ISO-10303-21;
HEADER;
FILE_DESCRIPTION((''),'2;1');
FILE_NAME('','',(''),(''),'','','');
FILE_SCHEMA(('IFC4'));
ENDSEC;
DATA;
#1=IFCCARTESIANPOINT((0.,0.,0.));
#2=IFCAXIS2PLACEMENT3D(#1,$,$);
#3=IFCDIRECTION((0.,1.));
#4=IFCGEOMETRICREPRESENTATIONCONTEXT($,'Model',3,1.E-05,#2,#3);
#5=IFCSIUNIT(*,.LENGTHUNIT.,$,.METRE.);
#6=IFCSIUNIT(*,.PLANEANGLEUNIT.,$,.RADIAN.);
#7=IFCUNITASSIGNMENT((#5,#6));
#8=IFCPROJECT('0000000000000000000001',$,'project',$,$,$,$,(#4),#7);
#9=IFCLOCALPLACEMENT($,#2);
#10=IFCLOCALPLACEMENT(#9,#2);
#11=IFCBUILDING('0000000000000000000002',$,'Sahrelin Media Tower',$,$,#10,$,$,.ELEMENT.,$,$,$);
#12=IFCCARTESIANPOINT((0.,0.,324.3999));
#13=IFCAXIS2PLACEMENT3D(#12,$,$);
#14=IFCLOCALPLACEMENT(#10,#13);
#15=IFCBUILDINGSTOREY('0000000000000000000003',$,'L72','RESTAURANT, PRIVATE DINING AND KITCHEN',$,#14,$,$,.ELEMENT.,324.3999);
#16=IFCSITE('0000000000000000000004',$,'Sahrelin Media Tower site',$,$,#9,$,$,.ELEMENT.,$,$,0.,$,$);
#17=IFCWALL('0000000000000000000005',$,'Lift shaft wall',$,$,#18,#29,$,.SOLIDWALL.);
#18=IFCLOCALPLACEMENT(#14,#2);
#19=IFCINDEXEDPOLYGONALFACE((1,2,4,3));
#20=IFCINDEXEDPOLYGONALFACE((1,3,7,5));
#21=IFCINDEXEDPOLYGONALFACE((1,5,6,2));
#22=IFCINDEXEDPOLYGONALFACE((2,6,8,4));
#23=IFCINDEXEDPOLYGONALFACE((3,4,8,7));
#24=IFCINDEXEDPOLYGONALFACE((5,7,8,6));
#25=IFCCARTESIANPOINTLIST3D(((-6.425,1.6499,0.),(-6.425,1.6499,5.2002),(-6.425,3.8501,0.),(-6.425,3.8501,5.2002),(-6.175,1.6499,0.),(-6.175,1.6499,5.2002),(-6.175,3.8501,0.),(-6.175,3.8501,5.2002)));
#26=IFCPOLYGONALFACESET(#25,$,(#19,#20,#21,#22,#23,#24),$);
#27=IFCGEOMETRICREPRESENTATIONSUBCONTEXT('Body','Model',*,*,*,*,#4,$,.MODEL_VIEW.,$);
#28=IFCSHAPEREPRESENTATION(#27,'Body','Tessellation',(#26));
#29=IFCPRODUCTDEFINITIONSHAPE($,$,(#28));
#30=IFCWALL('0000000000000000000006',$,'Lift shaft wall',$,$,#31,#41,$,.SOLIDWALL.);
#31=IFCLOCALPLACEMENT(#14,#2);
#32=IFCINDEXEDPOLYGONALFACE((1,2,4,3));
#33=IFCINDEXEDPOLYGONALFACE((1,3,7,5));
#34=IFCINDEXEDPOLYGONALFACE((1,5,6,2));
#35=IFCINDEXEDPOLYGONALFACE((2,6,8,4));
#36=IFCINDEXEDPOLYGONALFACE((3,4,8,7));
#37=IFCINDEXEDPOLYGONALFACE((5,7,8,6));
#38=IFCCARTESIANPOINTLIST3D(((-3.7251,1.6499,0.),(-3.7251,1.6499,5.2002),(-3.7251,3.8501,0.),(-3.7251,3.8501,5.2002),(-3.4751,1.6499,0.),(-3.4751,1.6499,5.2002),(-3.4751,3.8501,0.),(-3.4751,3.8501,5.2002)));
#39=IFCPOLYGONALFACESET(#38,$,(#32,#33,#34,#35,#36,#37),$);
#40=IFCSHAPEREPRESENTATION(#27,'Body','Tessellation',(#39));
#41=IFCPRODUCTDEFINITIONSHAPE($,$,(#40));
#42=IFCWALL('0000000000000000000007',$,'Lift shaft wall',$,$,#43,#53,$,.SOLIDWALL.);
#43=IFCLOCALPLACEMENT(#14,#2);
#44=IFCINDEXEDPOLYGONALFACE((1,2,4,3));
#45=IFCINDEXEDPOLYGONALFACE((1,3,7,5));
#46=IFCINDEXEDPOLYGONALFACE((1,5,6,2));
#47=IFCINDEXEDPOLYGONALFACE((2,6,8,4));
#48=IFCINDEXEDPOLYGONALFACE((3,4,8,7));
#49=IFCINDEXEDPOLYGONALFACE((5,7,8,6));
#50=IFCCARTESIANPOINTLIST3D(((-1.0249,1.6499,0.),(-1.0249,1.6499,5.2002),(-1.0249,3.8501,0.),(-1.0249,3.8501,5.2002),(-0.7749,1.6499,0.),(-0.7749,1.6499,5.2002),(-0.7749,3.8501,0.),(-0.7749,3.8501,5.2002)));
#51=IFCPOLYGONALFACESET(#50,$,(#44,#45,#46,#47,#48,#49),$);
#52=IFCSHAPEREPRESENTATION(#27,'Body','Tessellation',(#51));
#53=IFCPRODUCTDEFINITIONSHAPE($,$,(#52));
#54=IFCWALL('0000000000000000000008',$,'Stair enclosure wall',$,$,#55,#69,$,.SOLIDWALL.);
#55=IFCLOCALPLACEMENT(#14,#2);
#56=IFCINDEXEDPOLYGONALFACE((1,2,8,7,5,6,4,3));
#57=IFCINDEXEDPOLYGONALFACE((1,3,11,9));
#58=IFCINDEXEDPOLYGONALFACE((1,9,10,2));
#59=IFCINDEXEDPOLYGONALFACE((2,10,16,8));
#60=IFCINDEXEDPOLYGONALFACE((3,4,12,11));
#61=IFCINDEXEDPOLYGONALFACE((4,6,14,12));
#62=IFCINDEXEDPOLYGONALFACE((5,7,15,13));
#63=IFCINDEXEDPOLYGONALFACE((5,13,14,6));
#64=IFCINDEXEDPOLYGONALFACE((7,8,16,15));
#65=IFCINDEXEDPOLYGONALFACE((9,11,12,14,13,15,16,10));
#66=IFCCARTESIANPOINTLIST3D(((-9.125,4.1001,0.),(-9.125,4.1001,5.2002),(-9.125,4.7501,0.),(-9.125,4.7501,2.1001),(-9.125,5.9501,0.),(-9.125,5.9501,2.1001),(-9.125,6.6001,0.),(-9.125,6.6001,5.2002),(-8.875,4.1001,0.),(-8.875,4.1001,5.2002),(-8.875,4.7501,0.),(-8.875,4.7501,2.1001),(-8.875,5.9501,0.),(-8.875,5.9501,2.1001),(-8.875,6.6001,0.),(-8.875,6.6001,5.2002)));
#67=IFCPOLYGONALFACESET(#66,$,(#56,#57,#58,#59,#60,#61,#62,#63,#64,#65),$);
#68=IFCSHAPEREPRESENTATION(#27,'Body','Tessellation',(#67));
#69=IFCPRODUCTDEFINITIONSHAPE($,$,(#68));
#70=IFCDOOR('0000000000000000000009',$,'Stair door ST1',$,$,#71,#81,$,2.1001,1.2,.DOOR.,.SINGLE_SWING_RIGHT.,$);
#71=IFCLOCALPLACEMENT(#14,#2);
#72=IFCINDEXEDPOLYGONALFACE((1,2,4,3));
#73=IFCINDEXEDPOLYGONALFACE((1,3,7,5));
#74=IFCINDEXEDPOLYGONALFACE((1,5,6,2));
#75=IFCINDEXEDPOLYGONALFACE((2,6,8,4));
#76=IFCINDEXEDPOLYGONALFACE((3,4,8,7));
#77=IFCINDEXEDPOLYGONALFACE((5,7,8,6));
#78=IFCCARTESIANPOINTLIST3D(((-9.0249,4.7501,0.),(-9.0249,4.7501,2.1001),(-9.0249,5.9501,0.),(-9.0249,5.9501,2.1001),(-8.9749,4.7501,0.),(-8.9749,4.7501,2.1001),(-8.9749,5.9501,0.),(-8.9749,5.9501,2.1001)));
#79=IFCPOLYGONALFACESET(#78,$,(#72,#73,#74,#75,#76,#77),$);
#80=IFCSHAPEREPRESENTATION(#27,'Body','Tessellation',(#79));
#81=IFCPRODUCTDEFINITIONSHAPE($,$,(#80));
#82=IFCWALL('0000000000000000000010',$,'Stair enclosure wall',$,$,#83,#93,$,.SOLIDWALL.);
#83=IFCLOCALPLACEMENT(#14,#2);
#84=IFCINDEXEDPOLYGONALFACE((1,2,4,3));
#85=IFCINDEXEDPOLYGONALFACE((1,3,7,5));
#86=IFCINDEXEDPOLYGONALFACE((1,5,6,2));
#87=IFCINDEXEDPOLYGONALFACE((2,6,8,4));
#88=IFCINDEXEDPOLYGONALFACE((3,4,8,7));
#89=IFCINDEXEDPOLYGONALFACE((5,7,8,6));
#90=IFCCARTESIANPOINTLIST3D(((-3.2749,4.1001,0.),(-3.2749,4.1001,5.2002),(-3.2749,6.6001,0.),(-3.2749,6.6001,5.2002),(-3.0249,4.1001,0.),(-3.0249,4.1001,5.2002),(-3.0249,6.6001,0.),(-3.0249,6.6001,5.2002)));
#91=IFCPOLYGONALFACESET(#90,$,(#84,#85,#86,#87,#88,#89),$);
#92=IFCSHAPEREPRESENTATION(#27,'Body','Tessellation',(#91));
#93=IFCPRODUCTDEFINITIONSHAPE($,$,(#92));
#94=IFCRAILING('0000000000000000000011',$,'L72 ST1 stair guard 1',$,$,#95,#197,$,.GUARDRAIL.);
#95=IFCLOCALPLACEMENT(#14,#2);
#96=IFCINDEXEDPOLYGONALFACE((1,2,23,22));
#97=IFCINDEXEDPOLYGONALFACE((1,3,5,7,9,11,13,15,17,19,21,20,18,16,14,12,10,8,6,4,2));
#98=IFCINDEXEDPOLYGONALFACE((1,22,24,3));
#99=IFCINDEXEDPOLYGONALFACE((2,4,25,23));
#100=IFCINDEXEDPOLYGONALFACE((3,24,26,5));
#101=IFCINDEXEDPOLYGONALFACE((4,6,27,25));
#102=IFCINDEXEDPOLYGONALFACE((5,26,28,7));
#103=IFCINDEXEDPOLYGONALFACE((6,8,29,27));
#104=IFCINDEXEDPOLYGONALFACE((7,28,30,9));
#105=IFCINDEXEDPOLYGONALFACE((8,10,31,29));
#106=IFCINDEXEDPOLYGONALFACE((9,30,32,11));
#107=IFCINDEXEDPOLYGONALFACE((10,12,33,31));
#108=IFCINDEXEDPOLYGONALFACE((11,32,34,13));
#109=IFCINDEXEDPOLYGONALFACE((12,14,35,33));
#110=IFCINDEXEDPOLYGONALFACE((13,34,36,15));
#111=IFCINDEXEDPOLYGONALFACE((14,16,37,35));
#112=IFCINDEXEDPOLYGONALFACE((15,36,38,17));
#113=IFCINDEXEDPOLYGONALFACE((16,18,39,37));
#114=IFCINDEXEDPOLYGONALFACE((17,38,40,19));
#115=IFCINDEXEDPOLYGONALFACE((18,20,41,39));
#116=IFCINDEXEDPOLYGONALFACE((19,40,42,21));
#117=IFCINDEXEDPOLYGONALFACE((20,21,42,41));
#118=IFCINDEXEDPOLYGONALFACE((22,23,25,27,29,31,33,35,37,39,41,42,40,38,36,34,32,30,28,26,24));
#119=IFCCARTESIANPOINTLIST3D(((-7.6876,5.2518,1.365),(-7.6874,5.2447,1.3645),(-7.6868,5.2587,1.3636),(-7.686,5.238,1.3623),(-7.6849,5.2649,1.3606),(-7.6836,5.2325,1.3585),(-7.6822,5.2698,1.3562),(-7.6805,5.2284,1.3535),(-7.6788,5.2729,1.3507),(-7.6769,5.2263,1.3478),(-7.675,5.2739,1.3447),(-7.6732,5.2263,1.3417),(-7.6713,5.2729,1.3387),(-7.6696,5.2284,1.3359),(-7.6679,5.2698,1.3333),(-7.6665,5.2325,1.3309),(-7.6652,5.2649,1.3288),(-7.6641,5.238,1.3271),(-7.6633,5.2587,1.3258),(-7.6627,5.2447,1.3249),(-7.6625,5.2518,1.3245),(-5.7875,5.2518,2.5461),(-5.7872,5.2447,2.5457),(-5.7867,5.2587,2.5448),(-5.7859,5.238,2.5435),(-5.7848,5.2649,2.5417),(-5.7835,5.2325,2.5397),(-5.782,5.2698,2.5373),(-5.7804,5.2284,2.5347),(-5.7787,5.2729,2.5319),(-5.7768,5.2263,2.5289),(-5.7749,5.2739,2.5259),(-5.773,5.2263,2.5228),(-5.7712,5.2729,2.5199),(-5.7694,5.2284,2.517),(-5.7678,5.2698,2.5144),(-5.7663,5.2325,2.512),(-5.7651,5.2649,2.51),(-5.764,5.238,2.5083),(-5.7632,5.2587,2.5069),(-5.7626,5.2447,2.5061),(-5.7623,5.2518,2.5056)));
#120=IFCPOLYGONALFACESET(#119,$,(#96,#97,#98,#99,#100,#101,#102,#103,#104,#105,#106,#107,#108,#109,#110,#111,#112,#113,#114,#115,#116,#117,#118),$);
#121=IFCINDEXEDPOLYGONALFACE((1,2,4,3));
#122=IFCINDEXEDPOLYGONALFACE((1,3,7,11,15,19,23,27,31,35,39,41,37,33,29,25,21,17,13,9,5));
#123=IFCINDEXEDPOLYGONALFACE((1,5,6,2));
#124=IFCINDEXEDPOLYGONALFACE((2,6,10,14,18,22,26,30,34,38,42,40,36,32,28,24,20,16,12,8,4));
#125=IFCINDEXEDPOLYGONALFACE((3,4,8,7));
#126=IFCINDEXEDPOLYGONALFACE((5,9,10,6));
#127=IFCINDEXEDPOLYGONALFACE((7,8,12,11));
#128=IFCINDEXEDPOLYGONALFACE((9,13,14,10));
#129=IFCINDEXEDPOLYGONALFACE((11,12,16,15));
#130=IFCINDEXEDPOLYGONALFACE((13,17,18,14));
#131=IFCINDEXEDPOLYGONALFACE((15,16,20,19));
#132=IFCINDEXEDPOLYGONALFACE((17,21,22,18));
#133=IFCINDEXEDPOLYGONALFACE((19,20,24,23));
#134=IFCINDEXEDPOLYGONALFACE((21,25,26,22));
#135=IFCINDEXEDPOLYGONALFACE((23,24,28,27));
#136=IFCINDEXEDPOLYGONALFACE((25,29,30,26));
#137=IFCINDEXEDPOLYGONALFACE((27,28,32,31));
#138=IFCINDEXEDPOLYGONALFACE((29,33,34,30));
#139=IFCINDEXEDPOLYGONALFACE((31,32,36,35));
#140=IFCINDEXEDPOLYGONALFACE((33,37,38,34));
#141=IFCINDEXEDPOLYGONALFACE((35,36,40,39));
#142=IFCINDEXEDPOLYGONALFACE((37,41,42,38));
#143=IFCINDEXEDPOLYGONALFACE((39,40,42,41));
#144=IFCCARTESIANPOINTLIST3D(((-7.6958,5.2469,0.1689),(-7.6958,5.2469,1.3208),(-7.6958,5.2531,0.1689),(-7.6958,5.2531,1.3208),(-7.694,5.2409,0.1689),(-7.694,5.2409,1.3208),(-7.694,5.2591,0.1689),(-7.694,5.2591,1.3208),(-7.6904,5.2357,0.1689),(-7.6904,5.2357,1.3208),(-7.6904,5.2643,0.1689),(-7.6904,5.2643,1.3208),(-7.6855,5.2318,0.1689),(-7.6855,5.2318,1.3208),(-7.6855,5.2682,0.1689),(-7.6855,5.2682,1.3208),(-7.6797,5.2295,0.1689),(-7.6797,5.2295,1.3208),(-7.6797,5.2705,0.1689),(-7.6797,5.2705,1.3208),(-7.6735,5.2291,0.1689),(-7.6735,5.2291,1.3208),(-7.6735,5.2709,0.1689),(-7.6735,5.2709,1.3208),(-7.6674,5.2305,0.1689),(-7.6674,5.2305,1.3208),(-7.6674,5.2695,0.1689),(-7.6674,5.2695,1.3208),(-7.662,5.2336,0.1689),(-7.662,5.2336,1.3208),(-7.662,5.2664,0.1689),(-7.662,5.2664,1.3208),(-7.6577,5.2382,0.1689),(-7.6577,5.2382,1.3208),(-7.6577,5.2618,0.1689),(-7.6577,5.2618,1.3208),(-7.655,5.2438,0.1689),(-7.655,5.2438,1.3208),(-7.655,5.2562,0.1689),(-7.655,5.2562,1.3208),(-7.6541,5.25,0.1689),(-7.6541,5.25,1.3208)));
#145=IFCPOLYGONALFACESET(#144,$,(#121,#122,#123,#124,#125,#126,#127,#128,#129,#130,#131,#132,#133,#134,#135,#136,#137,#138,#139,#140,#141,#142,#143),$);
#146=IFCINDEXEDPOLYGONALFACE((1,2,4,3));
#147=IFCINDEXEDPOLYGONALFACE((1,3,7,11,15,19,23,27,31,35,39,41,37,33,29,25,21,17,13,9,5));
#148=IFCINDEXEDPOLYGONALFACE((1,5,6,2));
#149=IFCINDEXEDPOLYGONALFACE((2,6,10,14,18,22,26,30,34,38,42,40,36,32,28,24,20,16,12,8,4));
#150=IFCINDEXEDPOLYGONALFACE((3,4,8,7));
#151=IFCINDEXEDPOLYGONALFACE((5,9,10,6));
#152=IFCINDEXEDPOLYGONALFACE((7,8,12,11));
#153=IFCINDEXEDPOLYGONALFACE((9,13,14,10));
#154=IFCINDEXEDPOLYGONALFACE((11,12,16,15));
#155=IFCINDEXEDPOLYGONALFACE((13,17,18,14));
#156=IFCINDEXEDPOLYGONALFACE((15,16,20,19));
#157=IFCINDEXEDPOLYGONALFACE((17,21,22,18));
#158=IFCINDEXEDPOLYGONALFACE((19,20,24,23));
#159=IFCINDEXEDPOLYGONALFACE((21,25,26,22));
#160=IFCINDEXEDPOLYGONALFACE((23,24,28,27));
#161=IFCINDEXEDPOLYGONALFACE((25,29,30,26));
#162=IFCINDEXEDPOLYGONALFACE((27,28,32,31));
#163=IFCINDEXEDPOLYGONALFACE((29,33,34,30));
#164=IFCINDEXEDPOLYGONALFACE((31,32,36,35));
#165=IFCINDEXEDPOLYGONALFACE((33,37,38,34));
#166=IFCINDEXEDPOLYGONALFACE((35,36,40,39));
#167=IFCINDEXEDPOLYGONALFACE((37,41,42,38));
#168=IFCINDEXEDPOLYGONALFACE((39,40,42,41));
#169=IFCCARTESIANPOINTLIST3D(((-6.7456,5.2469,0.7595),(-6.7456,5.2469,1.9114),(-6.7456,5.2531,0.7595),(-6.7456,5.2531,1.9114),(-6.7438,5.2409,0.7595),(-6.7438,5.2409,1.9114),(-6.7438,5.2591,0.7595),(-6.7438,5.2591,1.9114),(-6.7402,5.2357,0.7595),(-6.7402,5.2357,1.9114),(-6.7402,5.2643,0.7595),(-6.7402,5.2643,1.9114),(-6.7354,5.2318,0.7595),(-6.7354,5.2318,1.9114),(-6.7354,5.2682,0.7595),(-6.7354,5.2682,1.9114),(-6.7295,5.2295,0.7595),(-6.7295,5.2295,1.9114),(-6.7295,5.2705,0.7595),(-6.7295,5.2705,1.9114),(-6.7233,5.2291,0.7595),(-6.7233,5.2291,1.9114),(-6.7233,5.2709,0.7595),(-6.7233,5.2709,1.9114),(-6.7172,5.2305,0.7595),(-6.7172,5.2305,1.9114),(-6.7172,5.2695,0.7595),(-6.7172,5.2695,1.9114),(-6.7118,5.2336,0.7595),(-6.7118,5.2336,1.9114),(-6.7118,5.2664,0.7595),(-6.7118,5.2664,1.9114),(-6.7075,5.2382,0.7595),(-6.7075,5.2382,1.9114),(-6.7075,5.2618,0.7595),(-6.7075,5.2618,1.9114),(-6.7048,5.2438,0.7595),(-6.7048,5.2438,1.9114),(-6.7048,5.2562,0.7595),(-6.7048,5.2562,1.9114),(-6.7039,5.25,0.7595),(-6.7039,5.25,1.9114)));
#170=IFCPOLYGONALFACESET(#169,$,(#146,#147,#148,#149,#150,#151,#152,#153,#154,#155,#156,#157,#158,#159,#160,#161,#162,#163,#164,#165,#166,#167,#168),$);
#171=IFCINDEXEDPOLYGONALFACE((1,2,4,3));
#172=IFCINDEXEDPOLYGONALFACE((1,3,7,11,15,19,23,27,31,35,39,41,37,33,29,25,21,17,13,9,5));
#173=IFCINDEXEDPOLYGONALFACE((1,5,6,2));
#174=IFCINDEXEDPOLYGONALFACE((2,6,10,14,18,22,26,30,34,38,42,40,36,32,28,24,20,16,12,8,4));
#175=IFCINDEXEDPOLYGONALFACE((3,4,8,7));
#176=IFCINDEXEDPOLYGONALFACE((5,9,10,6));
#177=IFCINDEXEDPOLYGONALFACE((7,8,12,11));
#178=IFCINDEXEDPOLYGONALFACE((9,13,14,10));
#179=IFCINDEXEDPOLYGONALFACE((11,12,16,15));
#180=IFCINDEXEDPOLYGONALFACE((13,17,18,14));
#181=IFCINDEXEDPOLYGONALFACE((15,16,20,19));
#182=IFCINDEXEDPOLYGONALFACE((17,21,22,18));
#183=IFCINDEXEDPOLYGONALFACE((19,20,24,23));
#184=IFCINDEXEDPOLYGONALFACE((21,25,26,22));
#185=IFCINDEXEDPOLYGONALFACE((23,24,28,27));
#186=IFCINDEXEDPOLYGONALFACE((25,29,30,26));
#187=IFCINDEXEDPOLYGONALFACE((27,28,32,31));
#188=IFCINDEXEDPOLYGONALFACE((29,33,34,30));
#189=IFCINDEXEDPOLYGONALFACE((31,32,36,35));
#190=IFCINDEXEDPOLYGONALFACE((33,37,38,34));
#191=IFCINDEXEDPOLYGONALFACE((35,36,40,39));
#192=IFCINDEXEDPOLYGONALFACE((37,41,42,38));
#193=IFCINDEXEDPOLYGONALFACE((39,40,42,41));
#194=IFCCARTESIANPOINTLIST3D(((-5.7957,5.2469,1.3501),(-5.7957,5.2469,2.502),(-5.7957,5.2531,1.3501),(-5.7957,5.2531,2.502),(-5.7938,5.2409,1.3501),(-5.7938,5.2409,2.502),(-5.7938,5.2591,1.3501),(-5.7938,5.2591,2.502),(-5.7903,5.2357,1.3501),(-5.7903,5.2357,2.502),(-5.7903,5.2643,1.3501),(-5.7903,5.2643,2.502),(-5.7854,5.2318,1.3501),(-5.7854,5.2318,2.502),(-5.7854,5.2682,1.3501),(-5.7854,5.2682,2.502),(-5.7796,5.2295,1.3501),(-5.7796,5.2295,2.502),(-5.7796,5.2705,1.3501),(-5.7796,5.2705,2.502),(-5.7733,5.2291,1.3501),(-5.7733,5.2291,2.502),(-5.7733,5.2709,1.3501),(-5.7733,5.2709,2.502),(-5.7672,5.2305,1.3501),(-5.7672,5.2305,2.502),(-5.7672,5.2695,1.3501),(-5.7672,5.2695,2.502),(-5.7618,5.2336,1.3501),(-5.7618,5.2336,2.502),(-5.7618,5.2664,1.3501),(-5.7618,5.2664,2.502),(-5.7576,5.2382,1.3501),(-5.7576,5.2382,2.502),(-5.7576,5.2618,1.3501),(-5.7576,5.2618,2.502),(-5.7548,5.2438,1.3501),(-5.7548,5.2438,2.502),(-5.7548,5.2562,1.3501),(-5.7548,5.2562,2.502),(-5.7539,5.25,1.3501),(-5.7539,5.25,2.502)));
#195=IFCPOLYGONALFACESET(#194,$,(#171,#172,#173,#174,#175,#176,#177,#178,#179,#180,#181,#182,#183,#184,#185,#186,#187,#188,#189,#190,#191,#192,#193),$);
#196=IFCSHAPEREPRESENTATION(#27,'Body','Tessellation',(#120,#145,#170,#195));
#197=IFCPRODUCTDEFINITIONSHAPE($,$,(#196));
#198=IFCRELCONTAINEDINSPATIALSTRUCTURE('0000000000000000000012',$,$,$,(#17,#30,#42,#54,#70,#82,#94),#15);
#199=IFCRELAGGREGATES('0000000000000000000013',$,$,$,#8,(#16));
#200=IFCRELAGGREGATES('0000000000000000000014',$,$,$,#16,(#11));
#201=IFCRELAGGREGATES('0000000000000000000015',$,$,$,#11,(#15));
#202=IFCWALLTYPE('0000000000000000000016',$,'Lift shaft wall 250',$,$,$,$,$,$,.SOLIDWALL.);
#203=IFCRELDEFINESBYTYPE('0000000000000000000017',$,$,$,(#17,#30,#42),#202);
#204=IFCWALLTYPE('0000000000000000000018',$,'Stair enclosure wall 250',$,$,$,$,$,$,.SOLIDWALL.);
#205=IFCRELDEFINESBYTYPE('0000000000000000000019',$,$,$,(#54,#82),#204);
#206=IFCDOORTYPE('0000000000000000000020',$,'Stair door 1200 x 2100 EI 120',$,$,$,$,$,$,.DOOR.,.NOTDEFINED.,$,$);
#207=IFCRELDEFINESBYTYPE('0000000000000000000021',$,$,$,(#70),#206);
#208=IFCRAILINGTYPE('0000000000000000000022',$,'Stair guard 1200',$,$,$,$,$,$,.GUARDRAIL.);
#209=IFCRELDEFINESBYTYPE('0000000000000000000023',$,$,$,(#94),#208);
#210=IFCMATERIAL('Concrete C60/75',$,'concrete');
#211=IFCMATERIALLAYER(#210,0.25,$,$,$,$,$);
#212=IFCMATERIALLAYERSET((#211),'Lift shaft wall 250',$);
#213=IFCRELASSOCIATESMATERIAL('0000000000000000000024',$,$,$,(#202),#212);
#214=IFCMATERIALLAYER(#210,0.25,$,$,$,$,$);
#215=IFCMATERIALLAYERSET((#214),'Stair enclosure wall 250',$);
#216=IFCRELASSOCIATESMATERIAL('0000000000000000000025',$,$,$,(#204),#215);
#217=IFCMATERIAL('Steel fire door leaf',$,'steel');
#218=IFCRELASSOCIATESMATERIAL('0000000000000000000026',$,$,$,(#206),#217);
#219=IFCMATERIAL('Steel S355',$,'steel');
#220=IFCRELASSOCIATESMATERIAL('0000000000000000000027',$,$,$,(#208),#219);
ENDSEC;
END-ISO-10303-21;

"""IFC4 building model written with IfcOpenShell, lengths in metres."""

from ifc_helpers import new_model, si_unit, direction, frame, frame_2d, origin, origin_2d, place, context, subcontext, project, spatial, rectangle, circle, extrude, material, layer, layer_set, type_object, element, fill, save


model = new_model("IFC4")

# Units and contexts
model_context = context("Model", 3, precision=1e-05, world=origin(), true_north=direction((0.0, 1.0)))
body_context = subcontext(model_context, "Body", "Model", "MODEL_VIEW")
ifc_project = project(units=[si_unit("LENGTHUNIT", "METRE"), si_unit("PLANEANGLEUNIT", "RADIAN")], contexts=[model_context])

# Site, building, storey
site_placement = place(None, origin())
site = spatial("IfcSite", under=ifc_project, at=site_placement, Name="Sahrelin Media Tower site", CompositionType="ELEMENT", RefElevation=0.0)
building_placement = place(site_placement, origin())
building = spatial("IfcBuilding", under=site, at=building_placement, Name="Sahrelin Media Tower", CompositionType="ELEMENT")
storey_placement = place(building_placement, frame((0.0, 0.0, 324.3999)))
storey = spatial("IfcBuildingStorey", under=building, at=storey_placement, Name="L72", Description="RESTAURANT, PRIVATE DINING AND KITCHEN", CompositionType="ELEMENT", Elevation=324.3999)

# Shared definitions
ifc_material_1 = material(Name="Steel S355", Category="steel")

# Shared definitions
ifc_material_2 = material(Name="Steel fire door leaf", Category="steel")

# Shared definitions
ifc_material_3 = material(Name="Concrete C60/75", Category="concrete")
ifc_layer_1 = layer(ifc_material_3, 0.25)
ifc_layer_set_1 = layer_set([ifc_layer_1], Name="Lift shaft wall 250")
wall_type_1 = type_object("IfcWallType", Name="Lift shaft wall 250", PredefinedType="SOLIDWALL", material=ifc_layer_set_1)

# Walls
for number, where, z_axis, x_axis, name in (
    (1, (-6.3, 1.6499, 0.0), (0.0, 0.0, 1.0), (0.0, 1.0, 0.0), "Lift shaft wall"),
    (2, (-3.6001, 1.6499, 0.0), (0.0, 0.0, 1.0), (0.0, 1.0, 0.0), "Lift shaft wall"),
    (3, (-0.8999, 1.6499, 0.0), (0.0, 0.0, 1.0), (0.0, 1.0, 0.0), "Lift shaft wall"),
):
    element("IfcWall", number, at=place(storey_placement, frame(where, z_axis=z_axis, x_axis=x_axis)), inside=storey, type_object=wall_type_1, Name=name, PredefinedType="SOLIDWALL", context=body_context, shape_type="SweptSolid", body=[
        extrude(rectangle(XDim=2.2002, YDim=0.25, at=frame_2d((1.1001, 0.0))), origin(), (0.0, 0.0, 1.0), 5.2002),
    ])

# Wall, opening, door
ifc_layer_2 = layer(ifc_material_3, 0.25)
ifc_layer_set_2 = layer_set([ifc_layer_2], Name="Stair enclosure wall 250")
wall_type_2 = type_object("IfcWallType", Name="Stair enclosure wall 250", PredefinedType="SOLIDWALL", material=ifc_layer_set_2)
wall_1_placement = place(storey_placement, frame((-9.0, 4.1001, 0.0), z_axis=(0.0, 0.0, 1.0), x_axis=(0.0, 1.0, 0.0)))
wall_1 = element("IfcWall", 4, at=wall_1_placement, inside=storey, type_object=wall_type_2, Name="Stair enclosure wall", PredefinedType="SOLIDWALL", context=body_context, shape_type="SweptSolid", body=[
    extrude(rectangle(XDim=2.5, YDim=0.25, at=frame_2d((1.25, 0.0))), origin(), (0.0, 0.0, 1.0), 5.2002),
])
opening_1_placement = place(wall_1_placement, frame((0.6499, 0.0, 0.0)))
opening_1 = element("IfcOpeningElement", 5, at=opening_1_placement, cuts=wall_1, PredefinedType="OPENING", context=body_context, shape_type="SweptSolid", body=[
    extrude(rectangle(XDim=1.2, YDim=2.1001, at=frame_2d((0.6001, 1.05))), frame((0.0, 0.125, 0.0), z_axis=(0.0, -1.0, 0.0), x_axis=(1.0, 0.0, 0.0)), (0.0, 0.0, 1.0), 0.25),
])
door_type_1 = type_object("IfcDoorType", Name="Stair door 1200 x 2100 EI 120", OperationType="NOTDEFINED", PredefinedType="DOOR", material=ifc_material_2)
door_1_placement = place(opening_1_placement, origin())
door_1 = element("IfcDoor", 6, at=door_1_placement, inside=storey, type_object=door_type_1, Name="Stair door ST1", OperationType="SINGLE_SWING_RIGHT", OverallHeight=2.1001, OverallWidth=1.2, PredefinedType="DOOR", context=body_context, shape_type="SweptSolid", body=[
    extrude(rectangle(XDim=1.2, YDim=2.1001, at=frame_2d((0.6001, 1.05))), frame((0.0, 0.0249, 0.0), z_axis=(0.0, -1.0, 0.0), x_axis=(1.0, 0.0, 0.0)), (0.0, 0.0, 1.0), 0.05),
])
fill(opening_1, door_1)

# Wall
wall_2_placement = place(storey_placement, frame((-3.1499, 4.1001, 0.0), z_axis=(0.0, 0.0, 1.0), x_axis=(0.0, 1.0, 0.0)))
element("IfcWall", 7, at=wall_2_placement, inside=storey, type_object=wall_type_2, Name="Stair enclosure wall", PredefinedType="SOLIDWALL", context=body_context, shape_type="SweptSolid", body=[
    extrude(rectangle(XDim=2.5, YDim=0.25, at=frame_2d((1.25, 0.0))), origin(), (0.0, 0.0, 1.0), 5.2002),
])

# Railing
railing_type_1 = type_object("IfcRailingType", Name="Stair guard 1200", PredefinedType="GUARDRAIL", material=ifc_material_1)
railing_1_placement = place(storey_placement, frame((-7.675, 5.25, 0.1689)))
element("IfcRailing", 8, at=railing_1_placement, inside=storey, type_object=railing_type_1, Name="L72 ST1 stair guard 1", PredefinedType="GUARDRAIL", context=body_context, shape_type="SweptSolid", body=[
    extrude(circle(Radius=0.0239, at=origin_2d()), frame((0.0, 0.0, 1.1758), z_axis=(0.849289, 0.0, 0.527928), x_axis=(0.0, 1.0, 0.0)), (0.0, 0.0, 1.0), 2.2373),
    extrude(circle(Radius=0.021, at=origin_2d()), origin(), (0.0, 0.0, 1.0), 1.1519),
    extrude(circle(Radius=0.021, at=origin_2d()), frame((0.9502, 0.0, 0.5906)), (0.0, 0.0, 1.0), 1.1519),
    extrude(circle(Radius=0.021, at=origin_2d()), frame((1.9001, 0.0, 1.1812)), (0.0, 0.0, 1.0), 1.1519),
])

save(model, "model.ifc")
